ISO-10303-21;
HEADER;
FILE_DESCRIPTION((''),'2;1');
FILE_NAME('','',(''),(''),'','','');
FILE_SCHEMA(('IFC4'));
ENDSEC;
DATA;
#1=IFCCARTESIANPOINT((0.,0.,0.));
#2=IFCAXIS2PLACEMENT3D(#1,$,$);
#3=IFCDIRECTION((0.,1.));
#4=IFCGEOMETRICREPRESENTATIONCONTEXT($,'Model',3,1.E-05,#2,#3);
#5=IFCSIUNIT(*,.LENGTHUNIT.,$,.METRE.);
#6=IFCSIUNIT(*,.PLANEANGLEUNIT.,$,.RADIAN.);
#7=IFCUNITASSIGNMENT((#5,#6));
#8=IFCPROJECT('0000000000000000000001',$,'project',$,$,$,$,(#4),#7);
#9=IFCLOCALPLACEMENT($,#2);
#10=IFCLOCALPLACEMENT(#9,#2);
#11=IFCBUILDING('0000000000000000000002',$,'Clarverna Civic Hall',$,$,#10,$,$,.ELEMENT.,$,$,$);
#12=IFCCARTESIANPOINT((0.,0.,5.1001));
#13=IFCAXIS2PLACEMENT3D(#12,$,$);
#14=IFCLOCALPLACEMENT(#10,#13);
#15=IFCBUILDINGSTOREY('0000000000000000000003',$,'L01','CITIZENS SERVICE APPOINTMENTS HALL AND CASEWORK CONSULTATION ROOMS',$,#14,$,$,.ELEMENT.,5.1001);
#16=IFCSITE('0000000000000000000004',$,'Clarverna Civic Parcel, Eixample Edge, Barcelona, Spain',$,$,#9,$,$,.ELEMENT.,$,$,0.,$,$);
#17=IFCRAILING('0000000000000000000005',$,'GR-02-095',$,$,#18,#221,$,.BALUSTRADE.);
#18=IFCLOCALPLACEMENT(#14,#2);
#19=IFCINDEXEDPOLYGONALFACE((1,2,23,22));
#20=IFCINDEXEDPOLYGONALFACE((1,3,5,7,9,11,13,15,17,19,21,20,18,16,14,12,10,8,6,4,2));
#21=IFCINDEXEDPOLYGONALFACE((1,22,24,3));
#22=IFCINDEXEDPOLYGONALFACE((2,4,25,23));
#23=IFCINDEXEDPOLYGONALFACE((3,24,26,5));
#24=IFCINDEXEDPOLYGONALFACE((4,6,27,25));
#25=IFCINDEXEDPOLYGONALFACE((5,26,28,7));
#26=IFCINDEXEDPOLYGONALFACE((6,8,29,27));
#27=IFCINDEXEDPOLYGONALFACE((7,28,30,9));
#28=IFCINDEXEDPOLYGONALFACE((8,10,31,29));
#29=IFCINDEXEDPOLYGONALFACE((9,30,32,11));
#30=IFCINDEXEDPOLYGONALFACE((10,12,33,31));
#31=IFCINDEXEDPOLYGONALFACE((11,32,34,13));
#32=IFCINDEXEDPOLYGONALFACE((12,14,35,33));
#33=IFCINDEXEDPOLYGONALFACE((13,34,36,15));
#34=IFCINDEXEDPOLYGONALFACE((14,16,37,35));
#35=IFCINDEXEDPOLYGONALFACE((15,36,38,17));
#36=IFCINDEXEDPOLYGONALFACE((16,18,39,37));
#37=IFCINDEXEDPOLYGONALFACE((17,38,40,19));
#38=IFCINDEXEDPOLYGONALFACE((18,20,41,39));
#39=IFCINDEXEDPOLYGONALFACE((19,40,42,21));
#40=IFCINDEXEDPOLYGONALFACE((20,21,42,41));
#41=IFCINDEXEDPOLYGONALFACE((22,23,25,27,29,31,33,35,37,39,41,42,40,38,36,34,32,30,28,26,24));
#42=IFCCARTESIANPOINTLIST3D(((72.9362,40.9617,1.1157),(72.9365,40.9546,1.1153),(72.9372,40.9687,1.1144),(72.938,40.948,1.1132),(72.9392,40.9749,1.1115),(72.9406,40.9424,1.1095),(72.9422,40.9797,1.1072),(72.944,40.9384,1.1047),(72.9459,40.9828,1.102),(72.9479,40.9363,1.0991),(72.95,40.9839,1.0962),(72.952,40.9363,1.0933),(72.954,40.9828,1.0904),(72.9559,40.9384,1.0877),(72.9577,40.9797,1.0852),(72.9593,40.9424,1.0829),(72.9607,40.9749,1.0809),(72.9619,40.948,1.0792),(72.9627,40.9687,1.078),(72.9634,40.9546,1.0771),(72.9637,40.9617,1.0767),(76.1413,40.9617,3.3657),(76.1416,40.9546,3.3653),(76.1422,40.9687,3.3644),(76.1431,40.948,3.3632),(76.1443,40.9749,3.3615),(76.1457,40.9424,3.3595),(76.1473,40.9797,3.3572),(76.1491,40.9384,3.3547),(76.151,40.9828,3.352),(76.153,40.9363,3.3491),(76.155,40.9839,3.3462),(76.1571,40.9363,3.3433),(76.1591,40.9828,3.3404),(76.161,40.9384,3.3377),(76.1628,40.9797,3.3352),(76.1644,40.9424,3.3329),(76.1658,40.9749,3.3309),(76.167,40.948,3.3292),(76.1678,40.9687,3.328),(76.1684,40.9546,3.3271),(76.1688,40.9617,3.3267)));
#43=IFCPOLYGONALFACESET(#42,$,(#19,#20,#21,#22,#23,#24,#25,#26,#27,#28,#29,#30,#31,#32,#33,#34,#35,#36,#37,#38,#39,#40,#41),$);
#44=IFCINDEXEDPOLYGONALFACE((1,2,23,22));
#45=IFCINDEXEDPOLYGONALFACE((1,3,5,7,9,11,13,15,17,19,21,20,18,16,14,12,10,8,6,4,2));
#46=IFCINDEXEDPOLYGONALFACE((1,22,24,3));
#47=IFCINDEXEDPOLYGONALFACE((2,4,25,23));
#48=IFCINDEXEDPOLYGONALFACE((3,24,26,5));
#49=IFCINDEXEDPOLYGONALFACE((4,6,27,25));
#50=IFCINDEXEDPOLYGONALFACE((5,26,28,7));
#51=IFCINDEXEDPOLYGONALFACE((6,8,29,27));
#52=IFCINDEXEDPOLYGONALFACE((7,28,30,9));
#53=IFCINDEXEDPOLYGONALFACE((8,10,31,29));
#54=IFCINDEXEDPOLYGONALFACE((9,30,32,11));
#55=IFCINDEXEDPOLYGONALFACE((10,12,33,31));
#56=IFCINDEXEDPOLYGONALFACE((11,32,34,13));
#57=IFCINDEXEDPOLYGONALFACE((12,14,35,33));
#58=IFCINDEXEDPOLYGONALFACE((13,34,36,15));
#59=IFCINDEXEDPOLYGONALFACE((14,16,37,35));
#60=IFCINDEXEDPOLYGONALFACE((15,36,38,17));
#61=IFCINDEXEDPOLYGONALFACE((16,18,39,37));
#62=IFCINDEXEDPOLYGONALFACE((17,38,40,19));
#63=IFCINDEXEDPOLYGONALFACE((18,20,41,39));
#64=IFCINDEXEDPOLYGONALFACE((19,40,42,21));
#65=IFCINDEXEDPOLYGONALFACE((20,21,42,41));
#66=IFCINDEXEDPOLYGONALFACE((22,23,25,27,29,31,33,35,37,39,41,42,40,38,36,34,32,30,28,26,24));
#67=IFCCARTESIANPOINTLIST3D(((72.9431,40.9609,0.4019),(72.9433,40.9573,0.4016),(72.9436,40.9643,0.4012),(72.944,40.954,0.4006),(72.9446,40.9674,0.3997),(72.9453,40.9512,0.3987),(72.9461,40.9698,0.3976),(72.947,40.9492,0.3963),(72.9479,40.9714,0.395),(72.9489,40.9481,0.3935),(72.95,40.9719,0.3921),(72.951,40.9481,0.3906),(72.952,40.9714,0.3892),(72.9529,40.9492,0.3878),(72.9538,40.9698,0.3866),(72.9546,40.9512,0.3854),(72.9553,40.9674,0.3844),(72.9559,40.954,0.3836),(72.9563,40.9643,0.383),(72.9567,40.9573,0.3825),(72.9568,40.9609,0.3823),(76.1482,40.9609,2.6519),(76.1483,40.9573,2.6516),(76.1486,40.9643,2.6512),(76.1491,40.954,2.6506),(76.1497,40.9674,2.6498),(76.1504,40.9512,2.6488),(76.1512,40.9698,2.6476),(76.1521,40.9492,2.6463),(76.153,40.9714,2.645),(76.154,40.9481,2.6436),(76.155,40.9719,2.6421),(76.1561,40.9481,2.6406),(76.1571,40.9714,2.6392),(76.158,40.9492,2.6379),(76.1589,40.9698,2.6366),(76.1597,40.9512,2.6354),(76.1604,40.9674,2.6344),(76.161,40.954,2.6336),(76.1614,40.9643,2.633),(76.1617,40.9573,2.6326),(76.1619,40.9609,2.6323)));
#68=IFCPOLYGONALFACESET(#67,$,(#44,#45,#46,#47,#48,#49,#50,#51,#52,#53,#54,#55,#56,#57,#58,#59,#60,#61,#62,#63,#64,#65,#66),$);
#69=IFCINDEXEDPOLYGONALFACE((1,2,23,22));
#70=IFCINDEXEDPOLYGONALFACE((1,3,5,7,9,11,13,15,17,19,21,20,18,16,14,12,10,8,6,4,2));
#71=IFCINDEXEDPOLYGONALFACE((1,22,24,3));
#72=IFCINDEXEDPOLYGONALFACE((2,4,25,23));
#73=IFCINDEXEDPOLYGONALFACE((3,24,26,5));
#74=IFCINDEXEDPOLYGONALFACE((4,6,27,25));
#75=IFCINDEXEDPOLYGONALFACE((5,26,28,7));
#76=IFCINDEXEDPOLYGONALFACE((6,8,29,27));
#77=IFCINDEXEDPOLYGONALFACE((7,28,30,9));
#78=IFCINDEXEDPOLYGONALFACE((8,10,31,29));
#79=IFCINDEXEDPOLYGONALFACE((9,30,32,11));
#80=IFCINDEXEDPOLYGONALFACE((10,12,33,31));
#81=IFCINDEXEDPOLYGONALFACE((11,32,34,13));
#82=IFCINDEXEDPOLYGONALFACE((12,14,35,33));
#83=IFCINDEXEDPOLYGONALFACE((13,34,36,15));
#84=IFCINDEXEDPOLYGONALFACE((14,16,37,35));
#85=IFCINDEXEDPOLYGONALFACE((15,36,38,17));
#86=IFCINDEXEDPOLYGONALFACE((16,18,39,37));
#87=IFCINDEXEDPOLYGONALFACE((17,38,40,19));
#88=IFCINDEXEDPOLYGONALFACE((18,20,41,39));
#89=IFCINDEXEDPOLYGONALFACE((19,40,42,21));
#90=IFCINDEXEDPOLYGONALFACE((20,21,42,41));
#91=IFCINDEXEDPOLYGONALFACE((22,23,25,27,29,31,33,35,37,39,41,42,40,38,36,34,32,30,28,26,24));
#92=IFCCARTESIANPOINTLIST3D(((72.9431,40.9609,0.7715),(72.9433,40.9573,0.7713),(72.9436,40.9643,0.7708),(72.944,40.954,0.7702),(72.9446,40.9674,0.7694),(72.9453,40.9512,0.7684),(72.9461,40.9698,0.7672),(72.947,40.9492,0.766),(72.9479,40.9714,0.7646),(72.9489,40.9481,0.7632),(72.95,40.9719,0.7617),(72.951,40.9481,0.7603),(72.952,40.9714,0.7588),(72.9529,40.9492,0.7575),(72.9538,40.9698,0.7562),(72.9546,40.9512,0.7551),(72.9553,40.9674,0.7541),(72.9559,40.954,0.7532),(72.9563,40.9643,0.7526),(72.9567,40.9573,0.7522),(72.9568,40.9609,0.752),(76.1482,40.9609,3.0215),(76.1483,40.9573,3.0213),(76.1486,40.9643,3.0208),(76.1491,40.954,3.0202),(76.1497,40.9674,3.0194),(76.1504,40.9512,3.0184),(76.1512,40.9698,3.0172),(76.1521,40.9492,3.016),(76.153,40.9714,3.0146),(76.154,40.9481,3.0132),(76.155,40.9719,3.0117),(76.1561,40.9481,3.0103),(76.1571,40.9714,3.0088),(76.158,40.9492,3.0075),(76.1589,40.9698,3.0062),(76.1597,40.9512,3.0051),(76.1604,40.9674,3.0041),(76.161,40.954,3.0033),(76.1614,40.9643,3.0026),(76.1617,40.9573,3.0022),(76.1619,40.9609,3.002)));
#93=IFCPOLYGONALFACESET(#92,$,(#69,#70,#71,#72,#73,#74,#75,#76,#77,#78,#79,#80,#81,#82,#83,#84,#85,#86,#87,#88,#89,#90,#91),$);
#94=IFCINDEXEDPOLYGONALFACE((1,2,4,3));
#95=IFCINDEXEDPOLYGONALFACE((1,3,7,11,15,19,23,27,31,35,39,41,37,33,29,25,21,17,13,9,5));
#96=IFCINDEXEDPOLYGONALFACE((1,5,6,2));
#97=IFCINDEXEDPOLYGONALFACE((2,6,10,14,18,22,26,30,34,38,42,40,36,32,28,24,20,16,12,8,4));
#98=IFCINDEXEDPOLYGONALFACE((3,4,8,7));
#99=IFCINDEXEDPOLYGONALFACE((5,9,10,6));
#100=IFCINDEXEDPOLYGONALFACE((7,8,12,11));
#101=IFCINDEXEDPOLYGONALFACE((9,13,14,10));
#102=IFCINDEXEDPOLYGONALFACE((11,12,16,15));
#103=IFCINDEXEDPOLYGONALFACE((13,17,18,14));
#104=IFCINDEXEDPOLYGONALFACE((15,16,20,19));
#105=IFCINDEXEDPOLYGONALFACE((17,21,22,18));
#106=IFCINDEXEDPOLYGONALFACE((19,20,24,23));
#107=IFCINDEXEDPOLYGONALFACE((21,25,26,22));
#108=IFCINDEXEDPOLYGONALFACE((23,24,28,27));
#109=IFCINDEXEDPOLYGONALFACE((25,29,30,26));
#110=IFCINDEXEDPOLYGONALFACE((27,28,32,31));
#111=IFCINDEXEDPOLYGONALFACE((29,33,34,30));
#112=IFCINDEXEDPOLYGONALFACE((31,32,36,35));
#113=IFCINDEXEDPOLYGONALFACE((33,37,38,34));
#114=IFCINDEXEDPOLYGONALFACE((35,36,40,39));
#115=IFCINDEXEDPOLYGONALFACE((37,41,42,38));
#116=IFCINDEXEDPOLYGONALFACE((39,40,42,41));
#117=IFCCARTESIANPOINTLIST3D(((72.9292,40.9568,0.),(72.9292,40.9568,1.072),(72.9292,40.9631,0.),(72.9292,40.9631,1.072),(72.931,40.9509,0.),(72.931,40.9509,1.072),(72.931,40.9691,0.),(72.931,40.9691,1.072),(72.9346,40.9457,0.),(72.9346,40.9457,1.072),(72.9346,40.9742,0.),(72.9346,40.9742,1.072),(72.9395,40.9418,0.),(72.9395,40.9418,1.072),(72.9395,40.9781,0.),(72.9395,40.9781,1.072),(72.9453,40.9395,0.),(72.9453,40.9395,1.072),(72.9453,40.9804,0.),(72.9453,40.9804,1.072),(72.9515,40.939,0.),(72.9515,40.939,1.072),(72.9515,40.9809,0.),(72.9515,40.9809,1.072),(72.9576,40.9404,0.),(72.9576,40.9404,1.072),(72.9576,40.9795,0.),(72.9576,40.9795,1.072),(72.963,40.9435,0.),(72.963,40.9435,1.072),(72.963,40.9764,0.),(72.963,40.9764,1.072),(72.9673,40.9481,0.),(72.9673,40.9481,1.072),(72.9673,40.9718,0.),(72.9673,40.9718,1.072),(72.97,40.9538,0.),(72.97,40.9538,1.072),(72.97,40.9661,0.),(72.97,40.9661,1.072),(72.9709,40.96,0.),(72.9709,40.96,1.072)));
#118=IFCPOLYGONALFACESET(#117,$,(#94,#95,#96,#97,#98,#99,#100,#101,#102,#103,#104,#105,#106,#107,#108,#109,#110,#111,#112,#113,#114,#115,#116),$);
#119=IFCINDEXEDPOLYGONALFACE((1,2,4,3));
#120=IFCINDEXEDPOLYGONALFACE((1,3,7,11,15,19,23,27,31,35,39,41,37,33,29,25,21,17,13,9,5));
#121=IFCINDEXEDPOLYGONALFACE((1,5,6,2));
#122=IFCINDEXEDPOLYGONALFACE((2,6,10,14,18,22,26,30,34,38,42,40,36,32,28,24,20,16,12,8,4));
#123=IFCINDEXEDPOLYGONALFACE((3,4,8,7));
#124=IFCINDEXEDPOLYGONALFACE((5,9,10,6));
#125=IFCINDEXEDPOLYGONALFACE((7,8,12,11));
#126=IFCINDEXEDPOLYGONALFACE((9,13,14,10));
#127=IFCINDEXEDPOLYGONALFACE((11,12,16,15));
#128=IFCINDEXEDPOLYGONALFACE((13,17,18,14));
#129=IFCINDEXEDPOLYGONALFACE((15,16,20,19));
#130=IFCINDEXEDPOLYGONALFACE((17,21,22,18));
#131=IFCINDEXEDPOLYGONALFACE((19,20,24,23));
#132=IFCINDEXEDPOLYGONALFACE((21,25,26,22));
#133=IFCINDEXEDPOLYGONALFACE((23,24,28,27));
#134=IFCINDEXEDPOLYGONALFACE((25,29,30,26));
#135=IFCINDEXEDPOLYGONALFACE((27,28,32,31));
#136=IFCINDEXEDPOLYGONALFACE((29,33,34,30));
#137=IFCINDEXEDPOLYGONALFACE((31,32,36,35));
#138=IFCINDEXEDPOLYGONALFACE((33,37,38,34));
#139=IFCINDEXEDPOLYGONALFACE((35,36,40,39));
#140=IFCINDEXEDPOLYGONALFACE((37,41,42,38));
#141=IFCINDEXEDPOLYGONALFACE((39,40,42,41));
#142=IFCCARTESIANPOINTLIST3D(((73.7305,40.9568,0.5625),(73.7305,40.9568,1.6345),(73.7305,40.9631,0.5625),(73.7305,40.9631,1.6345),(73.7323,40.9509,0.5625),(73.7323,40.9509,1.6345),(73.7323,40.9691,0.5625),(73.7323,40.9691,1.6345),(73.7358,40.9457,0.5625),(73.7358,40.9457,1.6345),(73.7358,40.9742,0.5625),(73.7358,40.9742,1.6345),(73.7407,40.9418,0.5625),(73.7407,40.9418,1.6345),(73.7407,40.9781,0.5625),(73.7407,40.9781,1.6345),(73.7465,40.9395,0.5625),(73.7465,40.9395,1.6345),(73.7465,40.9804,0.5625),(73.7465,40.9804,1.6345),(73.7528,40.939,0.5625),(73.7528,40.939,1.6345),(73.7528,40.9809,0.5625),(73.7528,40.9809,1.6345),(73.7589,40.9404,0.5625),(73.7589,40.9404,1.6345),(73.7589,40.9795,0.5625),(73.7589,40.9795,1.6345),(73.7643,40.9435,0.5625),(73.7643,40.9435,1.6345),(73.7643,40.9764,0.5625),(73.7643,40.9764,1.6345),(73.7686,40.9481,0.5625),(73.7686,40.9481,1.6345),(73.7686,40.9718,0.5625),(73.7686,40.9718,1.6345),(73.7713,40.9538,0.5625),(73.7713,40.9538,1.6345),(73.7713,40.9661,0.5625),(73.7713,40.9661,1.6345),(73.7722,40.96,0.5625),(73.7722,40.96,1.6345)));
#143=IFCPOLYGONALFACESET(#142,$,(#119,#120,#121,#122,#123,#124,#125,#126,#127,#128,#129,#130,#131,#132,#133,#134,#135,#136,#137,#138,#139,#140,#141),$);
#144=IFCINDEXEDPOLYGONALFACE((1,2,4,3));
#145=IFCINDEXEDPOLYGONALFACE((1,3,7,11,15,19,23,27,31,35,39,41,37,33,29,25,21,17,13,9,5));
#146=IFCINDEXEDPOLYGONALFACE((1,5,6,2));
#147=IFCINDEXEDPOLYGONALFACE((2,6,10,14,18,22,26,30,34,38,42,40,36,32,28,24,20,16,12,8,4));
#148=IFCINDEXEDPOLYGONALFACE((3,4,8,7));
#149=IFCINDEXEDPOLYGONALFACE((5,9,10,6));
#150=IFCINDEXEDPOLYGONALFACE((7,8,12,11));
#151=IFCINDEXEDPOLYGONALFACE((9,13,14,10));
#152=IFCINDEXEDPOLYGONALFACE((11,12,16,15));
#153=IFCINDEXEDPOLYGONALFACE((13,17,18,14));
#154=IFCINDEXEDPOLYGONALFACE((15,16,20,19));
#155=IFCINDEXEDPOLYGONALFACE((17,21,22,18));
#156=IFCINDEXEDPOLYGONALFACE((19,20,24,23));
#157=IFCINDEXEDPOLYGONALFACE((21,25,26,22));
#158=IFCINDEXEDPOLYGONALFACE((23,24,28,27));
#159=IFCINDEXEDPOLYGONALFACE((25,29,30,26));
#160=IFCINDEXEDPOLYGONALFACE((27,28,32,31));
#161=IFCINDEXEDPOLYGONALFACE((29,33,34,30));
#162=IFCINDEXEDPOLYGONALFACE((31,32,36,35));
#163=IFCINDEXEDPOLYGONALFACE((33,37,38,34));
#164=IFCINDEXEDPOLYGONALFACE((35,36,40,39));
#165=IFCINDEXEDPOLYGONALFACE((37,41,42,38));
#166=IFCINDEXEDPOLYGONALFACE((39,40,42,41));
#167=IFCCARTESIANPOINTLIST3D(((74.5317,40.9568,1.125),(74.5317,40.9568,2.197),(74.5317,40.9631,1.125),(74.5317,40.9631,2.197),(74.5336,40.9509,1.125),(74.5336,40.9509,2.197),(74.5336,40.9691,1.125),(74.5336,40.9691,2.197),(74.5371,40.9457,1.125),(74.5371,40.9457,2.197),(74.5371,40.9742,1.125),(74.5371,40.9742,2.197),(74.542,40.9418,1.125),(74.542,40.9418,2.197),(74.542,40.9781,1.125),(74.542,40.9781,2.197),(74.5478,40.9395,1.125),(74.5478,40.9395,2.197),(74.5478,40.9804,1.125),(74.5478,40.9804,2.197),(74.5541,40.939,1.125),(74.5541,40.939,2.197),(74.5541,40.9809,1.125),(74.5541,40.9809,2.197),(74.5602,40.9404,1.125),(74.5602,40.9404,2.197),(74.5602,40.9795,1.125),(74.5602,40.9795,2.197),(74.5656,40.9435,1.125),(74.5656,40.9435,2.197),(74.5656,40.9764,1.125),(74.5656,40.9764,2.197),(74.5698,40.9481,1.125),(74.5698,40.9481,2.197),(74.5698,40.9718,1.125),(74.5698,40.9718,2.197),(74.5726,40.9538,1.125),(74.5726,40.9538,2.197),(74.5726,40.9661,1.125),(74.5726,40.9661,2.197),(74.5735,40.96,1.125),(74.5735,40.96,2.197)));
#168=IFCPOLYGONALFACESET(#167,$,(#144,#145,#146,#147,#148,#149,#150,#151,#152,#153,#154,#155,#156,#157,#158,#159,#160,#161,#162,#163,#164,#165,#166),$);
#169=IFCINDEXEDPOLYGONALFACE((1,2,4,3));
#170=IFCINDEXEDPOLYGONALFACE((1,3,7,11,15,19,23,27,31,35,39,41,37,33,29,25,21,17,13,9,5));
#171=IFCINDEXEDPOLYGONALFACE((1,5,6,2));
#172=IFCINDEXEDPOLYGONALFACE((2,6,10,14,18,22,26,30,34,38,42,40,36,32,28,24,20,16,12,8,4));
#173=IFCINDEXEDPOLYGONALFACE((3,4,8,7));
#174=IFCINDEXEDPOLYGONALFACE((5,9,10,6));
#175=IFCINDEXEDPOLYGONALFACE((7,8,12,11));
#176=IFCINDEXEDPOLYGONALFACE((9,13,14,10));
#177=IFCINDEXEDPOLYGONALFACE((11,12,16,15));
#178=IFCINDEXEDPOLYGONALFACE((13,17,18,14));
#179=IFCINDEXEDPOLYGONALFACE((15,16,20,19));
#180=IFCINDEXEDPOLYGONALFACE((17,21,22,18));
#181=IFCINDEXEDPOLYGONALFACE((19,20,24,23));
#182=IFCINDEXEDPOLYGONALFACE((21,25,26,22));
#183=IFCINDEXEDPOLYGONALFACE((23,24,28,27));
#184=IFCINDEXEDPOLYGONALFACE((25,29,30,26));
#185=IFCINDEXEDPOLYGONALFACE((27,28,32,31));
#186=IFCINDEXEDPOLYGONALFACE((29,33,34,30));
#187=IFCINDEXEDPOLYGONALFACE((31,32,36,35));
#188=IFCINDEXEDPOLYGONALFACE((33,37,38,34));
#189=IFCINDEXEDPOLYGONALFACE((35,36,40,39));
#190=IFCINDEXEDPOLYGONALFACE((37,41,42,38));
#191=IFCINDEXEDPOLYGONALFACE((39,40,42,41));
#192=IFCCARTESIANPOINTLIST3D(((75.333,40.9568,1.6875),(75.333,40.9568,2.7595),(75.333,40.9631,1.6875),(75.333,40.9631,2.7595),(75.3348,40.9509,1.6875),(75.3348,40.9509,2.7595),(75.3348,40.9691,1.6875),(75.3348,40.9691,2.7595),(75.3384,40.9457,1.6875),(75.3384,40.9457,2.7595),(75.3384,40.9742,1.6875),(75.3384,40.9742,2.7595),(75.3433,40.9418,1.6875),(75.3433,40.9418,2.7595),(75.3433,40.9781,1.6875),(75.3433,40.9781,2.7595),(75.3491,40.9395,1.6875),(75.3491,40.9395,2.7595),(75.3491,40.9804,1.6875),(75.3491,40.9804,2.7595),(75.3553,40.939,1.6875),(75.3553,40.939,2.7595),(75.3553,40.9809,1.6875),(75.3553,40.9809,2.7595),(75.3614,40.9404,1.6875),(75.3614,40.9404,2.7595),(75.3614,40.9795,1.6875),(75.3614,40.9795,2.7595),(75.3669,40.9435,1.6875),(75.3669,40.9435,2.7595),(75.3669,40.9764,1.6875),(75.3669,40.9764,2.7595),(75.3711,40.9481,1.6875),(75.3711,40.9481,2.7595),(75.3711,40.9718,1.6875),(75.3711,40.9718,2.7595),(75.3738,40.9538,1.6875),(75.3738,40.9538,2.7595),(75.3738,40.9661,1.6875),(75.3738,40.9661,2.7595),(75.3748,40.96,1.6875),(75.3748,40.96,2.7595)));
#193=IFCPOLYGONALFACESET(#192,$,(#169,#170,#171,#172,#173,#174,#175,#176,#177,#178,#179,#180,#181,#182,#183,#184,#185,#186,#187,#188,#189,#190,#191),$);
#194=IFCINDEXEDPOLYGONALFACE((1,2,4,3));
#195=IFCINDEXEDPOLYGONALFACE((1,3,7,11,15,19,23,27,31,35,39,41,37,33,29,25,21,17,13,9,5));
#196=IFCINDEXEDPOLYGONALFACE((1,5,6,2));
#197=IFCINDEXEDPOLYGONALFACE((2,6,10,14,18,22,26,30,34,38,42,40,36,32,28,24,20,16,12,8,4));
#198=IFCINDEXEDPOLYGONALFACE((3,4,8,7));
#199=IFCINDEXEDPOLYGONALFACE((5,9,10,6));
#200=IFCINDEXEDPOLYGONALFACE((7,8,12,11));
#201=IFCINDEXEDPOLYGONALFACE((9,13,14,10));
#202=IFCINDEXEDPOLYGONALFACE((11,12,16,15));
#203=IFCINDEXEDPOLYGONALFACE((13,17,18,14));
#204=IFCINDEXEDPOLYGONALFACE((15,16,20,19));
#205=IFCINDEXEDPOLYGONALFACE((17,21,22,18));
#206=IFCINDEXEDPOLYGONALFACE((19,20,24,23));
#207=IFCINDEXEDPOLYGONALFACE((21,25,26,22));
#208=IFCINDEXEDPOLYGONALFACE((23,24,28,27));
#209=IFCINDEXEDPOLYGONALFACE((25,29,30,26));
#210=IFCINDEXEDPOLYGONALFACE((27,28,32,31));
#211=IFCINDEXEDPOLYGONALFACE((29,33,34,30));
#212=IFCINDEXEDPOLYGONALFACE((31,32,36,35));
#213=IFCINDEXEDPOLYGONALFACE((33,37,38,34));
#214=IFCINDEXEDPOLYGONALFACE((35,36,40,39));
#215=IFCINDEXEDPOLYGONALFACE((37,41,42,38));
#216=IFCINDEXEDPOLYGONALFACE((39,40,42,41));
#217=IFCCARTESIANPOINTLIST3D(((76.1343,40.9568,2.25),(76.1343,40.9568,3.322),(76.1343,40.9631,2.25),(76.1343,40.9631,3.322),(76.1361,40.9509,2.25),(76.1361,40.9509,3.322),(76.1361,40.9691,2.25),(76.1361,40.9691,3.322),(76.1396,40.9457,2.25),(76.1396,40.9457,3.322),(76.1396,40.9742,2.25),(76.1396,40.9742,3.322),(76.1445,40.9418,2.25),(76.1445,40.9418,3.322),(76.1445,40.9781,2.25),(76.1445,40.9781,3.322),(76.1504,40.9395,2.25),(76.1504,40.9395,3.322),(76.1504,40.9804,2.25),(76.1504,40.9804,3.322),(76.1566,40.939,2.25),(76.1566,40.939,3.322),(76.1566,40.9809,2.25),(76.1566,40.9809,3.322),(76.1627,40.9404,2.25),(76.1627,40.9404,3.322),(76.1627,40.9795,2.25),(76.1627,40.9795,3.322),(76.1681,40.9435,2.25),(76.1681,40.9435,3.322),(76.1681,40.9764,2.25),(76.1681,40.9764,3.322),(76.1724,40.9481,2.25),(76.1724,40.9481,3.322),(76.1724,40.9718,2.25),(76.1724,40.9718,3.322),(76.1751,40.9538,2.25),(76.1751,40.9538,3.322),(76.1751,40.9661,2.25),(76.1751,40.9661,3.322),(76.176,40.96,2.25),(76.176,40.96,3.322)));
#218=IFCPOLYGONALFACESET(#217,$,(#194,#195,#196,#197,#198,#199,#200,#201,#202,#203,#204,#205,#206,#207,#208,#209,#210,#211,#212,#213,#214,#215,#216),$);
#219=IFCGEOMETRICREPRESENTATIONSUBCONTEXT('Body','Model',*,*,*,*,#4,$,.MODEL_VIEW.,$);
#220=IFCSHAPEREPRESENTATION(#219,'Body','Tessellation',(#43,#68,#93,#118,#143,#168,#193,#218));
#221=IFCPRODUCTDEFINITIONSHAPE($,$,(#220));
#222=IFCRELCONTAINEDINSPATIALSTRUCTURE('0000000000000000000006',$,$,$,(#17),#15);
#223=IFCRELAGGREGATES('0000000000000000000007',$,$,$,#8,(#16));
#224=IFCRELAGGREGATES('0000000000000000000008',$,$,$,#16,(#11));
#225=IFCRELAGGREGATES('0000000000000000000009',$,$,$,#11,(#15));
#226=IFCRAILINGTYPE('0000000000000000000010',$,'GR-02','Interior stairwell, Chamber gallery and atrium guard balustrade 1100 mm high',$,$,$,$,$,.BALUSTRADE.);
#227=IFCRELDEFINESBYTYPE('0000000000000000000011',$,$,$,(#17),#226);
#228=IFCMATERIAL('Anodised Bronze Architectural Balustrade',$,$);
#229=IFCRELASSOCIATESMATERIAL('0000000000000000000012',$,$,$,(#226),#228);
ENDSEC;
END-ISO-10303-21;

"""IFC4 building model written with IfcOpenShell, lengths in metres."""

from ifc_helpers import new_model, si_unit, direction, frame, origin, origin_2d, place, context, subcontext, project, spatial, circle, extrude, material, type_object, element, save


model = new_model("IFC4")

# Units and contexts
model_context = context("Model", 3, precision=1e-05, world=origin(), true_north=direction((0.0, 1.0)))
body_context = subcontext(model_context, "Body", "Model", "MODEL_VIEW")
ifc_project = project(units=[si_unit("LENGTHUNIT", "METRE"), si_unit("PLANEANGLEUNIT", "RADIAN")], contexts=[model_context])

# Site, building, storey
site_placement = place(None, origin())
site = spatial("IfcSite", under=ifc_project, at=site_placement, Name="Clarverna Civic Parcel, Eixample Edge, Barcelona, Spain", CompositionType="ELEMENT", RefElevation=0.0)
building_placement = place(site_placement, origin())
building = spatial("IfcBuilding", under=site, at=building_placement, Name="Clarverna Civic Hall", CompositionType="ELEMENT")
storey_placement = place(building_placement, frame((0.0, 0.0, 5.1001)))
storey = spatial("IfcBuildingStorey", under=building, at=storey_placement, Name="L01", Description="CITIZENS SERVICE APPOINTMENTS HALL AND CASEWORK CONSULTATION ROOMS", CompositionType="ELEMENT", Elevation=5.1001)

# Railing
ifc_material_1 = material(Name="Anodised Bronze Architectural Balustrade")
railing_type_1 = type_object("IfcRailingType", Name="GR-02", Description="Interior stairwell, Chamber gallery and atrium guard balustrade 1100 mm high", PredefinedType="BALUSTRADE", material=ifc_material_1)
railing_1_placement = place(storey_placement, frame((72.95, 40.96, 0.0)))
element("IfcRailing", 1, at=railing_1_placement, inside=storey, type_object=railing_type_1, Name="GR-02-095", PredefinedType="BALUSTRADE", context=body_context, shape_type="SweptSolid", body=[
    extrude(circle(Radius=0.0239, at=origin_2d()), frame((0.0, 0.0, 1.0962), z_axis=(0.818458, 0.0, 0.574566), x_axis=(0.0, 1.0, 0.0)), (0.0, 0.0, 1.0), 3.916),
    extrude(circle(Radius=0.012, at=origin_2d()), frame((0.0, 0.0, 0.3921), z_axis=(0.818458, 0.0, 0.574566), x_axis=(0.0, 1.0, 0.0)), (0.0, 0.0, 1.0), 3.916),
    extrude(circle(Radius=0.012, at=origin_2d()), frame((0.0, 0.0, 0.7617), z_axis=(0.818458, 0.0, 0.574566), x_axis=(0.0, 1.0, 0.0)), (0.0, 0.0, 1.0), 3.916),
    extrude(circle(Radius=0.021, at=origin_2d()), origin(), (0.0, 0.0, 1.0), 1.072),
    extrude(circle(Radius=0.021, at=origin_2d()), frame((0.8013, 0.0, 0.5625)), (0.0, 0.0, 1.0), 1.072),
    extrude(circle(Radius=0.021, at=origin_2d()), frame((1.6025, 0.0, 1.125)), (0.0, 0.0, 1.0), 1.072),
    extrude(circle(Radius=0.021, at=origin_2d()), frame((2.4038, 0.0, 1.6875)), (0.0, 0.0, 1.0), 1.072),
    extrude(circle(Radius=0.021, at=origin_2d()), frame((3.2051, 0.0, 2.25)), (0.0, 0.0, 1.0), 1.072),
])

save(model, "model.ifc")
